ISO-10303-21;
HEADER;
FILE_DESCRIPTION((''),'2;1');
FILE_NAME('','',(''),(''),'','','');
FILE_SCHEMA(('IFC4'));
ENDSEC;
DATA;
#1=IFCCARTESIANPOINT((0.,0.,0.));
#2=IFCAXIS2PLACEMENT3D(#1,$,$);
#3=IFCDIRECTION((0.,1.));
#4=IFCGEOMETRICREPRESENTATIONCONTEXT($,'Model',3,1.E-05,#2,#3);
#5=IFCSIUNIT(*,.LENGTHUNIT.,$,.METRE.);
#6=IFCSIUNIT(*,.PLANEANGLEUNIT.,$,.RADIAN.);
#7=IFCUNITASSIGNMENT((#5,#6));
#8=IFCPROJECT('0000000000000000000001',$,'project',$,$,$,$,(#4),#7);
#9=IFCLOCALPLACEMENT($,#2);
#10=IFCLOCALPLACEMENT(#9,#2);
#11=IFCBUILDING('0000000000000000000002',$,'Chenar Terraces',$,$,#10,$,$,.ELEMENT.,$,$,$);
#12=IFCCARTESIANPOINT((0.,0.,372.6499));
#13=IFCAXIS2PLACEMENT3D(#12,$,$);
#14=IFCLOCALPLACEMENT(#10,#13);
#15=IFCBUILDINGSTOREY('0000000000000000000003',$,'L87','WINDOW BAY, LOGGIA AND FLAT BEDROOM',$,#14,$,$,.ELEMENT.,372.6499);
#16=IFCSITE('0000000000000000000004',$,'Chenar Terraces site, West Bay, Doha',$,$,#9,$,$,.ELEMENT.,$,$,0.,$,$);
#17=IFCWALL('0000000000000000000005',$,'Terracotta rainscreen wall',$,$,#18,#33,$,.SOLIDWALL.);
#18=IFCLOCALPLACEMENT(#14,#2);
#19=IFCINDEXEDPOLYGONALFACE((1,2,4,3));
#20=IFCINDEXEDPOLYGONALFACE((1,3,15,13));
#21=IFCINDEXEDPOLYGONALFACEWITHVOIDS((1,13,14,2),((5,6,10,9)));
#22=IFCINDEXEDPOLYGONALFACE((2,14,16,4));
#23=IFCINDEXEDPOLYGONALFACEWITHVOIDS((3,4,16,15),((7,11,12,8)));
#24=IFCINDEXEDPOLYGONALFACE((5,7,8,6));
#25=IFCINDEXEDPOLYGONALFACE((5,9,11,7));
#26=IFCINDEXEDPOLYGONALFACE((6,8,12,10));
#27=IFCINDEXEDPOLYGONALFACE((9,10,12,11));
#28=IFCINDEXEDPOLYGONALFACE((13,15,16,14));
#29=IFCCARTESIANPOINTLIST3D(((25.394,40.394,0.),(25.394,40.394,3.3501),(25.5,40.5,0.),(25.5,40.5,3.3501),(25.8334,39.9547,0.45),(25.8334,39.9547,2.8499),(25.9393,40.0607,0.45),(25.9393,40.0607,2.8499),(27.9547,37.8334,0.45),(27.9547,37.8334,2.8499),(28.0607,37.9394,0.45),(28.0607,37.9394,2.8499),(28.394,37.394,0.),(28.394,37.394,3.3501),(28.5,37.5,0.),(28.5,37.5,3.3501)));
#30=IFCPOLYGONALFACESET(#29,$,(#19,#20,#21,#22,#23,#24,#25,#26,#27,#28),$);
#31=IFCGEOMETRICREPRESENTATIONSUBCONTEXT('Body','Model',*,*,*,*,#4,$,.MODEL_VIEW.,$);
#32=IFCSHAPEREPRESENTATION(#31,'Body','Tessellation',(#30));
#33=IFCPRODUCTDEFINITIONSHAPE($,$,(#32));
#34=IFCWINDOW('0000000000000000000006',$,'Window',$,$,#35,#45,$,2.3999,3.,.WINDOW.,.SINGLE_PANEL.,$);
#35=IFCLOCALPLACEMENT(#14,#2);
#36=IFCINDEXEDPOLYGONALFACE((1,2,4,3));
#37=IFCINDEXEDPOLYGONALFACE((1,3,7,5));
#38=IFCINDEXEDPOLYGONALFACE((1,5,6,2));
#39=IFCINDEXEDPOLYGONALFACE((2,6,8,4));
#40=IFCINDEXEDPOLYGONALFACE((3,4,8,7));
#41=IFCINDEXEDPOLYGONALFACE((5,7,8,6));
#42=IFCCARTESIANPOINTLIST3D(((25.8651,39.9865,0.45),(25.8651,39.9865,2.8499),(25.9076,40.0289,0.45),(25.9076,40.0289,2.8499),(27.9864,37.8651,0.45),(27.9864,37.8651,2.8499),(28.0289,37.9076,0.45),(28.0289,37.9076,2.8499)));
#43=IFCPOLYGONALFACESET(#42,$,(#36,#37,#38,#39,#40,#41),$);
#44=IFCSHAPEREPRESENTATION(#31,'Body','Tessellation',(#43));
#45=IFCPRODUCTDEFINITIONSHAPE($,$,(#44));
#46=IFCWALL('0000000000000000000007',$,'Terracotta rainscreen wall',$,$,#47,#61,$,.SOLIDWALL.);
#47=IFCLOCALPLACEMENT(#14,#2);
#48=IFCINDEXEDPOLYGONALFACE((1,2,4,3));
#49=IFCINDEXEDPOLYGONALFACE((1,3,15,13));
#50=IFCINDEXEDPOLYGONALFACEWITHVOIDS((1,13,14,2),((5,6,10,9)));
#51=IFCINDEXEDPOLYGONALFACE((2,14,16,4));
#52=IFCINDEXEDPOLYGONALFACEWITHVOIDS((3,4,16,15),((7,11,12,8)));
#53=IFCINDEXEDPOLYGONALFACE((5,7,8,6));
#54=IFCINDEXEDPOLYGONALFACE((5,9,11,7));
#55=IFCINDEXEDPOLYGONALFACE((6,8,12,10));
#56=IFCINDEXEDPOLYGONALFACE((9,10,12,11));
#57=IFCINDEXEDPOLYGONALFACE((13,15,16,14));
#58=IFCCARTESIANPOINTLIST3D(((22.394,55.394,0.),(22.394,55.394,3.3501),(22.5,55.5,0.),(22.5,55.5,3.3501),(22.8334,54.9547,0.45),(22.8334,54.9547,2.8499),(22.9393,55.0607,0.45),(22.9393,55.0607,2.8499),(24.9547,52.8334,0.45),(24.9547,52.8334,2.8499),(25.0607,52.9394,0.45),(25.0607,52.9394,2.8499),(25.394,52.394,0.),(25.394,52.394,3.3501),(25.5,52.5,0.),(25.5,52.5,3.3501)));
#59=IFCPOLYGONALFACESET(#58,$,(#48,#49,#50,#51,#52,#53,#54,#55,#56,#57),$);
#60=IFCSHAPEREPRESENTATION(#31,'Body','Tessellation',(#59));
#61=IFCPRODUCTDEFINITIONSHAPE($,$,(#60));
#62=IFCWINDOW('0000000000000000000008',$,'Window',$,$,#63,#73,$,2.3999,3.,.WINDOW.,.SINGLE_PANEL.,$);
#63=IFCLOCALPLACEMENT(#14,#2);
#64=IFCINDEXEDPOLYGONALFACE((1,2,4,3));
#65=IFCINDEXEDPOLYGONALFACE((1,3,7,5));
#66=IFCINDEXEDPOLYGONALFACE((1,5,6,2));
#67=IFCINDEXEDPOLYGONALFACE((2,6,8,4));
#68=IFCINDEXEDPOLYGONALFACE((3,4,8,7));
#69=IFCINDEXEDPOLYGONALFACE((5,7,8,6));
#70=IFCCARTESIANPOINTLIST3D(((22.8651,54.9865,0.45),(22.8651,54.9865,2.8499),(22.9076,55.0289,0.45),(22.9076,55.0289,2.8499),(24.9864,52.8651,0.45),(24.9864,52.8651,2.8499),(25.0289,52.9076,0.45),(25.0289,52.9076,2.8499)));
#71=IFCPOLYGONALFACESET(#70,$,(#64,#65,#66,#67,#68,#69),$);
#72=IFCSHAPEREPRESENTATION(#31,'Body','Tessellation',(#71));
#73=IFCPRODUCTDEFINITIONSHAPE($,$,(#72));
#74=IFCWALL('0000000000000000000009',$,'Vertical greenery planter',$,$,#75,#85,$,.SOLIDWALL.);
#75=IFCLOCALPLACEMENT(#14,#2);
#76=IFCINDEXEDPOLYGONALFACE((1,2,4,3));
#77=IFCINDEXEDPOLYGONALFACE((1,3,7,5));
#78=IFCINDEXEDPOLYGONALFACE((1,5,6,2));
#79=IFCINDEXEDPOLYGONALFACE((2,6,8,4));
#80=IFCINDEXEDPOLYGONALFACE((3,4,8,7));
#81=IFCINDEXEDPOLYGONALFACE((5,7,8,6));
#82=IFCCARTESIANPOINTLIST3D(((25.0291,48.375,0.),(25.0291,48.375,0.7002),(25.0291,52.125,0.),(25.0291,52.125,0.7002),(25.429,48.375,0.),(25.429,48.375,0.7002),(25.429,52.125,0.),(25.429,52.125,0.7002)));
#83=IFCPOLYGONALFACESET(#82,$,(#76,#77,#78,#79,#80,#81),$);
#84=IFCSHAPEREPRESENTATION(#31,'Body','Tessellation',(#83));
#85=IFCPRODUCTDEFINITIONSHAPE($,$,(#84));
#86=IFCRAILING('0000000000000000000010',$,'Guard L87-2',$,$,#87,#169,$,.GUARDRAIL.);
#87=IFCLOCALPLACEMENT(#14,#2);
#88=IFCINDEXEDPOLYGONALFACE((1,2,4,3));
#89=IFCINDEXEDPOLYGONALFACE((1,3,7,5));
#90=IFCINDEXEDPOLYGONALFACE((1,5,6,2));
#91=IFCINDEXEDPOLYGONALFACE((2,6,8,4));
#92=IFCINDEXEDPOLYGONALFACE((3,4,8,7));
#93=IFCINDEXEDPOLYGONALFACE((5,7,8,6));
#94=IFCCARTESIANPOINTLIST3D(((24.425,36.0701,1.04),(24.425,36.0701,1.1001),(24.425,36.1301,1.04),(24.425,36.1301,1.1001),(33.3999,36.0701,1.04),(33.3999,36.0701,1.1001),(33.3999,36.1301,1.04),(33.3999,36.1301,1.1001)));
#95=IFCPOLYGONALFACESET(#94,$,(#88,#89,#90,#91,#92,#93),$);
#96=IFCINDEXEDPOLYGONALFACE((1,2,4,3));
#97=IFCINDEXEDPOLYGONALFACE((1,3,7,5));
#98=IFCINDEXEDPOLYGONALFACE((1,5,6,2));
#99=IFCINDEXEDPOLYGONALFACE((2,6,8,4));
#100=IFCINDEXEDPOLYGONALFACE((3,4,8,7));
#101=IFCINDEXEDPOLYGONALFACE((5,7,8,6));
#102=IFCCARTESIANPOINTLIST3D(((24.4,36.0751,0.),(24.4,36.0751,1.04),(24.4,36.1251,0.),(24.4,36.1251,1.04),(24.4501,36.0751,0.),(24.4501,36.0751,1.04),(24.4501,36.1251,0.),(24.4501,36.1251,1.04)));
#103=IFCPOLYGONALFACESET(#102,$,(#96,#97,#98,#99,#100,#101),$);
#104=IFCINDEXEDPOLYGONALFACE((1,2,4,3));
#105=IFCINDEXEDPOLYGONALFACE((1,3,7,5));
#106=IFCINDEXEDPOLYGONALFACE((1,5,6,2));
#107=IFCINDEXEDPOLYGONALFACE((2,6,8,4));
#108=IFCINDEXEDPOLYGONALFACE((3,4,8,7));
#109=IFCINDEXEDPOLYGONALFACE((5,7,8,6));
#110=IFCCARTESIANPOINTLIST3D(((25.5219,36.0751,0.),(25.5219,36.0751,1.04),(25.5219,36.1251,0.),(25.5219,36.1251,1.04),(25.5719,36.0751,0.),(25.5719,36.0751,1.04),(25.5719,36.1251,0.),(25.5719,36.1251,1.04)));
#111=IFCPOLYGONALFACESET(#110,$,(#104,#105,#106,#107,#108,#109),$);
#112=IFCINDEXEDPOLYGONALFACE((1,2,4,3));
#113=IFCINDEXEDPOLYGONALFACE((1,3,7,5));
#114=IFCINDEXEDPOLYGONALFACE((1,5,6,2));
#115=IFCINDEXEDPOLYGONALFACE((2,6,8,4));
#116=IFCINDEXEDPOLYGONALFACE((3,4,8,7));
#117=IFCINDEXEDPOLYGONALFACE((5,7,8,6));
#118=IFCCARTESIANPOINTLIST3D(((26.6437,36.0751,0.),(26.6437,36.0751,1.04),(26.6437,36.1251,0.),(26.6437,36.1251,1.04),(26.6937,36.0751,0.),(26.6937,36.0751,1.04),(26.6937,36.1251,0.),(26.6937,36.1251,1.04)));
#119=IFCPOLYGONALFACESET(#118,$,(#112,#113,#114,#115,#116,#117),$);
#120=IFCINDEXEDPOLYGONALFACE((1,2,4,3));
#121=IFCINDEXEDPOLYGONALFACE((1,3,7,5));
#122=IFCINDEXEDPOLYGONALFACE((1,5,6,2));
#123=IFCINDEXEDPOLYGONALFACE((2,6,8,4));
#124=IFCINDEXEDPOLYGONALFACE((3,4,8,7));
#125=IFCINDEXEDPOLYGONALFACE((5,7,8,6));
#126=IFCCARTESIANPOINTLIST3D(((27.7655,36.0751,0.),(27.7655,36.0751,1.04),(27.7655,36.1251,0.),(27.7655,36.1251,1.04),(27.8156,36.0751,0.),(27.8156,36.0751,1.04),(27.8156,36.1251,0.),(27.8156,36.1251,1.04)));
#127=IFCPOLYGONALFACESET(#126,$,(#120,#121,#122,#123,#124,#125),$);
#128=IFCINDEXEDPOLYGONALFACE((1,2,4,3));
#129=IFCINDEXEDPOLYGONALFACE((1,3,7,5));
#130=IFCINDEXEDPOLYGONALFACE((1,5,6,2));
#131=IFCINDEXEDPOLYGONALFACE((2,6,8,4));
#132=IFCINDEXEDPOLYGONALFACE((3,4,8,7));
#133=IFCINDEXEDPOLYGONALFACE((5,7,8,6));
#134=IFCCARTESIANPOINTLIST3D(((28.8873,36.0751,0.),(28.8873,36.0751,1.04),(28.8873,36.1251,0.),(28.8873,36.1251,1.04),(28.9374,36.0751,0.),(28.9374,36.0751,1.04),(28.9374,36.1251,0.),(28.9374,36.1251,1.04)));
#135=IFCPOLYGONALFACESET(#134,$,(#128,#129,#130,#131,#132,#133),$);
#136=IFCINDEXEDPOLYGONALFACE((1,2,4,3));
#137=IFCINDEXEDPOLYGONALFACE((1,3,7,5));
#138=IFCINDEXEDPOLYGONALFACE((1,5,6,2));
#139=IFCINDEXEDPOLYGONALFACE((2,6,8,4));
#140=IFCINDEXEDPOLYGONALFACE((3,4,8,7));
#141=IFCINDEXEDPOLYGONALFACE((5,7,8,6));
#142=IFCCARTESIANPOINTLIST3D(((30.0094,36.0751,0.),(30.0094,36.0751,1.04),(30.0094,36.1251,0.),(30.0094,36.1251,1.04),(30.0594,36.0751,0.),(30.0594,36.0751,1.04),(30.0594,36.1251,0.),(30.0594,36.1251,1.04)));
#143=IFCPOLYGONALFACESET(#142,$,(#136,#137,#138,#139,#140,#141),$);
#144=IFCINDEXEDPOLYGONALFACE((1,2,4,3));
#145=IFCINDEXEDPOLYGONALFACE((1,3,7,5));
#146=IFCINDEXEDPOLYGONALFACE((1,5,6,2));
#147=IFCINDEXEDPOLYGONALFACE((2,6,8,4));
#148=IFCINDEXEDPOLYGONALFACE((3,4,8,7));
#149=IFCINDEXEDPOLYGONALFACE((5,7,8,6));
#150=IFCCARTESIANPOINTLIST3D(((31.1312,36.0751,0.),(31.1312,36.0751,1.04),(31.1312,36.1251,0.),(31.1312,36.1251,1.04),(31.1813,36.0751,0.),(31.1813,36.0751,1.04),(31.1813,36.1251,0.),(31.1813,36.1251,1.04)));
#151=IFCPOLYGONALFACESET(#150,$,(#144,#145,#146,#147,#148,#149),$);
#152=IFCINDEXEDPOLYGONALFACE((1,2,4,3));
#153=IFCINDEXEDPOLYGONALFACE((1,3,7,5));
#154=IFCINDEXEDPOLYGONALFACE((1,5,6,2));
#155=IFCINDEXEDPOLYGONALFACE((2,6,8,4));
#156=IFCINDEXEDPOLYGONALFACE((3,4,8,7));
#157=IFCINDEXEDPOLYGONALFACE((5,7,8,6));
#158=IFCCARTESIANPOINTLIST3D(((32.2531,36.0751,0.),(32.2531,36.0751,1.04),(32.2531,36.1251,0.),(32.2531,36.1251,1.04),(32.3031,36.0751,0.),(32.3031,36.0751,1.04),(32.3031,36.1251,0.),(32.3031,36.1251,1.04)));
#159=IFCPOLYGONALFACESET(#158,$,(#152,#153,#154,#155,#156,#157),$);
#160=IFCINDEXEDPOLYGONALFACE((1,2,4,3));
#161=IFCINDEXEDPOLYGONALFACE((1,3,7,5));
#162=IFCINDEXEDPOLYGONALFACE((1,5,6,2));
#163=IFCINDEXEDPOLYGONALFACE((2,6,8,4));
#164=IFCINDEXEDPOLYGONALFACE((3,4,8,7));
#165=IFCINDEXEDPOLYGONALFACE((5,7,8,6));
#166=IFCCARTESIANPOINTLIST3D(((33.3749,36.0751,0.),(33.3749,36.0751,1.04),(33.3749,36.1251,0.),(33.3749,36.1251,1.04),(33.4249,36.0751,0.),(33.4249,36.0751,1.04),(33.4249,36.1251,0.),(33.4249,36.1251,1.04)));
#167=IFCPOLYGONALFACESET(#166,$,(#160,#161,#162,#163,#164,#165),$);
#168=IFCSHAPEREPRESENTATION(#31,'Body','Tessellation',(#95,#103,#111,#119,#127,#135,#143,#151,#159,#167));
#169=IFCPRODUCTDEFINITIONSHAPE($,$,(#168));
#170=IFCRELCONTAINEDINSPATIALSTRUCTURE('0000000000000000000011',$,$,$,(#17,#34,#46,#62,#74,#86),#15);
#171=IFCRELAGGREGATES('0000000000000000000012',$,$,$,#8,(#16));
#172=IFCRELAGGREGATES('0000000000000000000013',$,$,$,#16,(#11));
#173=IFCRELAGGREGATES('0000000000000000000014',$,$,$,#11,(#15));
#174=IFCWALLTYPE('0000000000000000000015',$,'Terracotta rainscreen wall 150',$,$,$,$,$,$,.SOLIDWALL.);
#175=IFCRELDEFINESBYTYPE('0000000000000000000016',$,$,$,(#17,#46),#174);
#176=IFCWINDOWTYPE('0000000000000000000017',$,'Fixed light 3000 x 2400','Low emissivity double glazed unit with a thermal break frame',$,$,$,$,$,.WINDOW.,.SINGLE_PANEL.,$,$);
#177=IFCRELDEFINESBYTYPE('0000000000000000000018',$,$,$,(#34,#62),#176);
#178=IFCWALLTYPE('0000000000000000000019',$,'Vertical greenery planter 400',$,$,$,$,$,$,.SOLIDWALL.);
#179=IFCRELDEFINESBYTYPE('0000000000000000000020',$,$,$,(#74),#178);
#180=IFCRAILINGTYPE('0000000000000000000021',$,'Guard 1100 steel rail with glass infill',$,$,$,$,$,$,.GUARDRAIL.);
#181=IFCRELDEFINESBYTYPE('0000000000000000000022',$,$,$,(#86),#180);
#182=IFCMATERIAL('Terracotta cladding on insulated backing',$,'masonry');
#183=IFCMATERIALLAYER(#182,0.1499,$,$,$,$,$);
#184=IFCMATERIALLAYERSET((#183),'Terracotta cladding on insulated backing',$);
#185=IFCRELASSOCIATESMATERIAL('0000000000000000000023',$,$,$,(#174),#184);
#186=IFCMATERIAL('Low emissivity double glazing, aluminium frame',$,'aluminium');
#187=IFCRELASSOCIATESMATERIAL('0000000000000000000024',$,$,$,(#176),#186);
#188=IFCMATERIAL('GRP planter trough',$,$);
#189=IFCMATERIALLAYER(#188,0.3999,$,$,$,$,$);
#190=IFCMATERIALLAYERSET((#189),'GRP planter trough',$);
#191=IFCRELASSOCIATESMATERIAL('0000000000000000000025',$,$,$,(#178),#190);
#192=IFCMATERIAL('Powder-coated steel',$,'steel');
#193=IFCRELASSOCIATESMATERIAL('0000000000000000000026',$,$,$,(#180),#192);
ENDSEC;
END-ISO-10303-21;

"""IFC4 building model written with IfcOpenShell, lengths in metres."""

from ifc_helpers import new_model, si_unit, direction, frame, frame_2d, origin, origin_2d, place, context, subcontext, project, spatial, rectangle, extrude, material, layer, layer_set, type_object, element, fill, save


model = new_model("IFC4")

# Units and contexts
model_context = context("Model", 3, precision=1e-05, world=origin(), true_north=direction((0.0, 1.0)))
body_context = subcontext(model_context, "Body", "Model", "MODEL_VIEW")
ifc_project = project(units=[si_unit("LENGTHUNIT", "METRE"), si_unit("PLANEANGLEUNIT", "RADIAN")], contexts=[model_context])

# Site, building, storey
site_placement = place(None, origin())
site = spatial("IfcSite", under=ifc_project, at=site_placement, Name="Chenar Terraces site, West Bay, Doha", CompositionType="ELEMENT", RefElevation=0.0)
building_placement = place(site_placement, origin())
building = spatial("IfcBuilding", under=site, at=building_placement, Name="Chenar Terraces", CompositionType="ELEMENT")
storey_placement = place(building_placement, frame((0.0, 0.0, 372.6499)))
storey = spatial("IfcBuildingStorey", under=building, at=storey_placement, Name="L87", Description="WINDOW BAY, LOGGIA AND FLAT BEDROOM", CompositionType="ELEMENT", Elevation=372.6499)

# Walls, openings, windows
ifc_material_1 = material(Name="Terracotta cladding on insulated backing", Category="masonry")
ifc_layer_1 = layer(ifc_material_1, 0.1499)
ifc_layer_set_1 = layer_set([ifc_layer_1], Name="Terracotta cladding on insulated backing")
wall_type_1 = type_object("IfcWallType", Name="Terracotta rainscreen wall 150", PredefinedType="SOLIDWALL", material=ifc_layer_set_1)
wall_1_placement = place(storey_placement, frame((28.447, 37.447, 0.0), z_axis=(0.0, 0.0, 1.0), x_axis=(-0.707107, 0.707107, 0.0)))
wall_1 = element("IfcWall", 1, at=wall_1_placement, inside=storey, type_object=wall_type_1, Name="Terracotta rainscreen wall", PredefinedType="SOLIDWALL", context=body_context, shape_type="SweptSolid", body=[
    extrude(rectangle(XDim=4.2427, YDim=0.1499, at=frame_2d((2.1213, 0.0))), origin(), (0.0, 0.0, 1.0), 3.3501),
])
opening_1_placement = place(wall_1_placement, frame((0.6213, 0.0, 0.45)))
opening_1 = element("IfcOpeningElement", 2, at=opening_1_placement, cuts=wall_1, PredefinedType="OPENING", context=body_context, shape_type="SweptSolid", body=[
    extrude(rectangle(XDim=3.0, YDim=2.3999, at=frame_2d((1.5, 1.2))), frame((0.0, 0.085, 0.0), z_axis=(0.0, -1.0, 0.0), x_axis=(1.0, 0.0, 0.0)), (0.0, 0.0, 1.0), 0.1699),
])
ifc_material_2 = material(Name="Low emissivity double glazing, aluminium frame", Category="aluminium")
window_type_1 = type_object("IfcWindowType", Name="Fixed light 3000 x 2400", Description="Low emissivity double glazed unit with a thermal break frame", PartitioningType="SINGLE_PANEL", PredefinedType="WINDOW", material=ifc_material_2)
window_1_placement = place(opening_1_placement, origin())
window_1 = element("IfcWindow", 3, at=window_1_placement, inside=storey, type_object=window_type_1, Name="Window", OverallHeight=2.3999, OverallWidth=3.0, PartitioningType="SINGLE_PANEL", PredefinedType="WINDOW", context=body_context, shape_type="SweptSolid", body=[
    extrude(rectangle(XDim=3.0, YDim=2.3999, at=frame_2d((1.5, 1.2))), frame((0.0, 0.03, 0.0), z_axis=(0.0, -1.0, 0.0), x_axis=(1.0, 0.0, 0.0)), (0.0, 0.0, 1.0), 0.0601),
])
fill(opening_1, window_1)
wall_2_placement = place(storey_placement, frame((25.447, 52.447, 0.0), z_axis=(0.0, 0.0, 1.0), x_axis=(-0.707107, 0.707107, 0.0)))
wall_2 = element("IfcWall", 4, at=wall_2_placement, inside=storey, type_object=wall_type_1, Name="Terracotta rainscreen wall", PredefinedType="SOLIDWALL", context=body_context, shape_type="SweptSolid", body=[
    extrude(rectangle(XDim=4.2427, YDim=0.1499, at=frame_2d((2.1213, 0.0))), origin(), (0.0, 0.0, 1.0), 3.3501),
])
opening_2_placement = place(wall_2_placement, frame((0.6213, 0.0, 0.45)))
opening_2 = element("IfcOpeningElement", 5, at=opening_2_placement, cuts=wall_2, PredefinedType="OPENING", context=body_context, shape_type="SweptSolid", body=[
    extrude(rectangle(XDim=3.0, YDim=2.3999, at=frame_2d((1.5, 1.2))), frame((0.0, 0.085, 0.0), z_axis=(0.0, -1.0, 0.0), x_axis=(1.0, 0.0, 0.0)), (0.0, 0.0, 1.0), 0.1699),
])
window_2_placement = place(opening_2_placement, origin())
window_2 = element("IfcWindow", 6, at=window_2_placement, inside=storey, type_object=window_type_1, Name="Window", OverallHeight=2.3999, OverallWidth=3.0, PartitioningType="SINGLE_PANEL", PredefinedType="WINDOW", context=body_context, shape_type="SweptSolid", body=[
    extrude(rectangle(XDim=3.0, YDim=2.3999, at=frame_2d((1.5, 1.2))), frame((0.0, 0.03, 0.0), z_axis=(0.0, -1.0, 0.0), x_axis=(1.0, 0.0, 0.0)), (0.0, 0.0, 1.0), 0.0601),
])
fill(opening_2, window_2)

# Wall
ifc_material_3 = material(Name="GRP planter trough")
ifc_layer_2 = layer(ifc_material_3, 0.3999)
ifc_layer_set_2 = layer_set([ifc_layer_2], Name="GRP planter trough")
wall_type_2 = type_object("IfcWallType", Name="Vertical greenery planter 400", PredefinedType="SOLIDWALL", material=ifc_layer_set_2)
wall_3_placement = place(storey_placement, frame((25.229, 48.375, 0.0), z_axis=(0.0, 0.0, 1.0), x_axis=(0.0, 1.0, 0.0)))
element("IfcWall", 7, at=wall_3_placement, inside=storey, type_object=wall_type_2, Name="Vertical greenery planter", PredefinedType="SOLIDWALL", context=body_context, shape_type="SweptSolid", body=[
    extrude(rectangle(XDim=3.75, YDim=0.3999, at=frame_2d((1.875, 0.0))), origin(), (0.0, 0.0, 1.0), 0.7002),
])

# Railing
ifc_material_4 = material(Name="Powder-coated steel", Category="steel")
railing_type_1 = type_object("IfcRailingType", Name="Guard 1100 steel rail with glass infill", PredefinedType="GUARDRAIL", material=ifc_material_4)
railing_1_placement = place(storey_placement, frame((24.425, 36.1001, 0.0)))
element("IfcRailing", 8, at=railing_1_placement, inside=storey, type_object=railing_type_1, Name="Guard L87-2", PredefinedType="GUARDRAIL", context=body_context, shape_type="SweptSolid", body=[
    extrude(rectangle(XDim=0.0601, YDim=0.0601, at=origin_2d()), frame((0.0, 0.0, 1.0701), z_axis=(1.0, 0.0, 0.0), x_axis=(0.0, 1.0, 0.0)), (0.0, 0.0, 1.0), 8.9749),
    extrude(rectangle(XDim=0.05, YDim=0.05, at=origin_2d()), origin(), (0.0, 0.0, 1.0), 1.04),
    extrude(rectangle(XDim=0.05, YDim=0.05, at=origin_2d()), frame((1.1218, 0.0, 0.0)), (0.0, 0.0, 1.0), 1.04),
    extrude(rectangle(XDim=0.05, YDim=0.05, at=origin_2d()), frame((2.2437, 0.0, 0.0)), (0.0, 0.0, 1.0), 1.04),
    extrude(rectangle(XDim=0.05, YDim=0.05, at=origin_2d()), frame((3.3655, 0.0, 0.0)), (0.0, 0.0, 1.0), 1.04),
    extrude(rectangle(XDim=0.05, YDim=0.05, at=origin_2d()), frame((4.4873, 0.0, 0.0)), (0.0, 0.0, 1.0), 1.04),
    extrude(rectangle(XDim=0.05, YDim=0.05, at=origin_2d()), frame((5.6094, 0.0, 0.0)), (0.0, 0.0, 1.0), 1.04),
    extrude(rectangle(XDim=0.05, YDim=0.05, at=origin_2d()), frame((6.7312, 0.0, 0.0)), (0.0, 0.0, 1.0), 1.04),
    extrude(rectangle(XDim=0.05, YDim=0.05, at=origin_2d()), frame((7.853, 0.0, 0.0)), (0.0, 0.0, 1.0), 1.04),
    extrude(rectangle(XDim=0.05, YDim=0.05, at=origin_2d()), frame((8.9749, 0.0, 0.0)), (0.0, 0.0, 1.0), 1.04),
])

save(model, "model.ifc")
